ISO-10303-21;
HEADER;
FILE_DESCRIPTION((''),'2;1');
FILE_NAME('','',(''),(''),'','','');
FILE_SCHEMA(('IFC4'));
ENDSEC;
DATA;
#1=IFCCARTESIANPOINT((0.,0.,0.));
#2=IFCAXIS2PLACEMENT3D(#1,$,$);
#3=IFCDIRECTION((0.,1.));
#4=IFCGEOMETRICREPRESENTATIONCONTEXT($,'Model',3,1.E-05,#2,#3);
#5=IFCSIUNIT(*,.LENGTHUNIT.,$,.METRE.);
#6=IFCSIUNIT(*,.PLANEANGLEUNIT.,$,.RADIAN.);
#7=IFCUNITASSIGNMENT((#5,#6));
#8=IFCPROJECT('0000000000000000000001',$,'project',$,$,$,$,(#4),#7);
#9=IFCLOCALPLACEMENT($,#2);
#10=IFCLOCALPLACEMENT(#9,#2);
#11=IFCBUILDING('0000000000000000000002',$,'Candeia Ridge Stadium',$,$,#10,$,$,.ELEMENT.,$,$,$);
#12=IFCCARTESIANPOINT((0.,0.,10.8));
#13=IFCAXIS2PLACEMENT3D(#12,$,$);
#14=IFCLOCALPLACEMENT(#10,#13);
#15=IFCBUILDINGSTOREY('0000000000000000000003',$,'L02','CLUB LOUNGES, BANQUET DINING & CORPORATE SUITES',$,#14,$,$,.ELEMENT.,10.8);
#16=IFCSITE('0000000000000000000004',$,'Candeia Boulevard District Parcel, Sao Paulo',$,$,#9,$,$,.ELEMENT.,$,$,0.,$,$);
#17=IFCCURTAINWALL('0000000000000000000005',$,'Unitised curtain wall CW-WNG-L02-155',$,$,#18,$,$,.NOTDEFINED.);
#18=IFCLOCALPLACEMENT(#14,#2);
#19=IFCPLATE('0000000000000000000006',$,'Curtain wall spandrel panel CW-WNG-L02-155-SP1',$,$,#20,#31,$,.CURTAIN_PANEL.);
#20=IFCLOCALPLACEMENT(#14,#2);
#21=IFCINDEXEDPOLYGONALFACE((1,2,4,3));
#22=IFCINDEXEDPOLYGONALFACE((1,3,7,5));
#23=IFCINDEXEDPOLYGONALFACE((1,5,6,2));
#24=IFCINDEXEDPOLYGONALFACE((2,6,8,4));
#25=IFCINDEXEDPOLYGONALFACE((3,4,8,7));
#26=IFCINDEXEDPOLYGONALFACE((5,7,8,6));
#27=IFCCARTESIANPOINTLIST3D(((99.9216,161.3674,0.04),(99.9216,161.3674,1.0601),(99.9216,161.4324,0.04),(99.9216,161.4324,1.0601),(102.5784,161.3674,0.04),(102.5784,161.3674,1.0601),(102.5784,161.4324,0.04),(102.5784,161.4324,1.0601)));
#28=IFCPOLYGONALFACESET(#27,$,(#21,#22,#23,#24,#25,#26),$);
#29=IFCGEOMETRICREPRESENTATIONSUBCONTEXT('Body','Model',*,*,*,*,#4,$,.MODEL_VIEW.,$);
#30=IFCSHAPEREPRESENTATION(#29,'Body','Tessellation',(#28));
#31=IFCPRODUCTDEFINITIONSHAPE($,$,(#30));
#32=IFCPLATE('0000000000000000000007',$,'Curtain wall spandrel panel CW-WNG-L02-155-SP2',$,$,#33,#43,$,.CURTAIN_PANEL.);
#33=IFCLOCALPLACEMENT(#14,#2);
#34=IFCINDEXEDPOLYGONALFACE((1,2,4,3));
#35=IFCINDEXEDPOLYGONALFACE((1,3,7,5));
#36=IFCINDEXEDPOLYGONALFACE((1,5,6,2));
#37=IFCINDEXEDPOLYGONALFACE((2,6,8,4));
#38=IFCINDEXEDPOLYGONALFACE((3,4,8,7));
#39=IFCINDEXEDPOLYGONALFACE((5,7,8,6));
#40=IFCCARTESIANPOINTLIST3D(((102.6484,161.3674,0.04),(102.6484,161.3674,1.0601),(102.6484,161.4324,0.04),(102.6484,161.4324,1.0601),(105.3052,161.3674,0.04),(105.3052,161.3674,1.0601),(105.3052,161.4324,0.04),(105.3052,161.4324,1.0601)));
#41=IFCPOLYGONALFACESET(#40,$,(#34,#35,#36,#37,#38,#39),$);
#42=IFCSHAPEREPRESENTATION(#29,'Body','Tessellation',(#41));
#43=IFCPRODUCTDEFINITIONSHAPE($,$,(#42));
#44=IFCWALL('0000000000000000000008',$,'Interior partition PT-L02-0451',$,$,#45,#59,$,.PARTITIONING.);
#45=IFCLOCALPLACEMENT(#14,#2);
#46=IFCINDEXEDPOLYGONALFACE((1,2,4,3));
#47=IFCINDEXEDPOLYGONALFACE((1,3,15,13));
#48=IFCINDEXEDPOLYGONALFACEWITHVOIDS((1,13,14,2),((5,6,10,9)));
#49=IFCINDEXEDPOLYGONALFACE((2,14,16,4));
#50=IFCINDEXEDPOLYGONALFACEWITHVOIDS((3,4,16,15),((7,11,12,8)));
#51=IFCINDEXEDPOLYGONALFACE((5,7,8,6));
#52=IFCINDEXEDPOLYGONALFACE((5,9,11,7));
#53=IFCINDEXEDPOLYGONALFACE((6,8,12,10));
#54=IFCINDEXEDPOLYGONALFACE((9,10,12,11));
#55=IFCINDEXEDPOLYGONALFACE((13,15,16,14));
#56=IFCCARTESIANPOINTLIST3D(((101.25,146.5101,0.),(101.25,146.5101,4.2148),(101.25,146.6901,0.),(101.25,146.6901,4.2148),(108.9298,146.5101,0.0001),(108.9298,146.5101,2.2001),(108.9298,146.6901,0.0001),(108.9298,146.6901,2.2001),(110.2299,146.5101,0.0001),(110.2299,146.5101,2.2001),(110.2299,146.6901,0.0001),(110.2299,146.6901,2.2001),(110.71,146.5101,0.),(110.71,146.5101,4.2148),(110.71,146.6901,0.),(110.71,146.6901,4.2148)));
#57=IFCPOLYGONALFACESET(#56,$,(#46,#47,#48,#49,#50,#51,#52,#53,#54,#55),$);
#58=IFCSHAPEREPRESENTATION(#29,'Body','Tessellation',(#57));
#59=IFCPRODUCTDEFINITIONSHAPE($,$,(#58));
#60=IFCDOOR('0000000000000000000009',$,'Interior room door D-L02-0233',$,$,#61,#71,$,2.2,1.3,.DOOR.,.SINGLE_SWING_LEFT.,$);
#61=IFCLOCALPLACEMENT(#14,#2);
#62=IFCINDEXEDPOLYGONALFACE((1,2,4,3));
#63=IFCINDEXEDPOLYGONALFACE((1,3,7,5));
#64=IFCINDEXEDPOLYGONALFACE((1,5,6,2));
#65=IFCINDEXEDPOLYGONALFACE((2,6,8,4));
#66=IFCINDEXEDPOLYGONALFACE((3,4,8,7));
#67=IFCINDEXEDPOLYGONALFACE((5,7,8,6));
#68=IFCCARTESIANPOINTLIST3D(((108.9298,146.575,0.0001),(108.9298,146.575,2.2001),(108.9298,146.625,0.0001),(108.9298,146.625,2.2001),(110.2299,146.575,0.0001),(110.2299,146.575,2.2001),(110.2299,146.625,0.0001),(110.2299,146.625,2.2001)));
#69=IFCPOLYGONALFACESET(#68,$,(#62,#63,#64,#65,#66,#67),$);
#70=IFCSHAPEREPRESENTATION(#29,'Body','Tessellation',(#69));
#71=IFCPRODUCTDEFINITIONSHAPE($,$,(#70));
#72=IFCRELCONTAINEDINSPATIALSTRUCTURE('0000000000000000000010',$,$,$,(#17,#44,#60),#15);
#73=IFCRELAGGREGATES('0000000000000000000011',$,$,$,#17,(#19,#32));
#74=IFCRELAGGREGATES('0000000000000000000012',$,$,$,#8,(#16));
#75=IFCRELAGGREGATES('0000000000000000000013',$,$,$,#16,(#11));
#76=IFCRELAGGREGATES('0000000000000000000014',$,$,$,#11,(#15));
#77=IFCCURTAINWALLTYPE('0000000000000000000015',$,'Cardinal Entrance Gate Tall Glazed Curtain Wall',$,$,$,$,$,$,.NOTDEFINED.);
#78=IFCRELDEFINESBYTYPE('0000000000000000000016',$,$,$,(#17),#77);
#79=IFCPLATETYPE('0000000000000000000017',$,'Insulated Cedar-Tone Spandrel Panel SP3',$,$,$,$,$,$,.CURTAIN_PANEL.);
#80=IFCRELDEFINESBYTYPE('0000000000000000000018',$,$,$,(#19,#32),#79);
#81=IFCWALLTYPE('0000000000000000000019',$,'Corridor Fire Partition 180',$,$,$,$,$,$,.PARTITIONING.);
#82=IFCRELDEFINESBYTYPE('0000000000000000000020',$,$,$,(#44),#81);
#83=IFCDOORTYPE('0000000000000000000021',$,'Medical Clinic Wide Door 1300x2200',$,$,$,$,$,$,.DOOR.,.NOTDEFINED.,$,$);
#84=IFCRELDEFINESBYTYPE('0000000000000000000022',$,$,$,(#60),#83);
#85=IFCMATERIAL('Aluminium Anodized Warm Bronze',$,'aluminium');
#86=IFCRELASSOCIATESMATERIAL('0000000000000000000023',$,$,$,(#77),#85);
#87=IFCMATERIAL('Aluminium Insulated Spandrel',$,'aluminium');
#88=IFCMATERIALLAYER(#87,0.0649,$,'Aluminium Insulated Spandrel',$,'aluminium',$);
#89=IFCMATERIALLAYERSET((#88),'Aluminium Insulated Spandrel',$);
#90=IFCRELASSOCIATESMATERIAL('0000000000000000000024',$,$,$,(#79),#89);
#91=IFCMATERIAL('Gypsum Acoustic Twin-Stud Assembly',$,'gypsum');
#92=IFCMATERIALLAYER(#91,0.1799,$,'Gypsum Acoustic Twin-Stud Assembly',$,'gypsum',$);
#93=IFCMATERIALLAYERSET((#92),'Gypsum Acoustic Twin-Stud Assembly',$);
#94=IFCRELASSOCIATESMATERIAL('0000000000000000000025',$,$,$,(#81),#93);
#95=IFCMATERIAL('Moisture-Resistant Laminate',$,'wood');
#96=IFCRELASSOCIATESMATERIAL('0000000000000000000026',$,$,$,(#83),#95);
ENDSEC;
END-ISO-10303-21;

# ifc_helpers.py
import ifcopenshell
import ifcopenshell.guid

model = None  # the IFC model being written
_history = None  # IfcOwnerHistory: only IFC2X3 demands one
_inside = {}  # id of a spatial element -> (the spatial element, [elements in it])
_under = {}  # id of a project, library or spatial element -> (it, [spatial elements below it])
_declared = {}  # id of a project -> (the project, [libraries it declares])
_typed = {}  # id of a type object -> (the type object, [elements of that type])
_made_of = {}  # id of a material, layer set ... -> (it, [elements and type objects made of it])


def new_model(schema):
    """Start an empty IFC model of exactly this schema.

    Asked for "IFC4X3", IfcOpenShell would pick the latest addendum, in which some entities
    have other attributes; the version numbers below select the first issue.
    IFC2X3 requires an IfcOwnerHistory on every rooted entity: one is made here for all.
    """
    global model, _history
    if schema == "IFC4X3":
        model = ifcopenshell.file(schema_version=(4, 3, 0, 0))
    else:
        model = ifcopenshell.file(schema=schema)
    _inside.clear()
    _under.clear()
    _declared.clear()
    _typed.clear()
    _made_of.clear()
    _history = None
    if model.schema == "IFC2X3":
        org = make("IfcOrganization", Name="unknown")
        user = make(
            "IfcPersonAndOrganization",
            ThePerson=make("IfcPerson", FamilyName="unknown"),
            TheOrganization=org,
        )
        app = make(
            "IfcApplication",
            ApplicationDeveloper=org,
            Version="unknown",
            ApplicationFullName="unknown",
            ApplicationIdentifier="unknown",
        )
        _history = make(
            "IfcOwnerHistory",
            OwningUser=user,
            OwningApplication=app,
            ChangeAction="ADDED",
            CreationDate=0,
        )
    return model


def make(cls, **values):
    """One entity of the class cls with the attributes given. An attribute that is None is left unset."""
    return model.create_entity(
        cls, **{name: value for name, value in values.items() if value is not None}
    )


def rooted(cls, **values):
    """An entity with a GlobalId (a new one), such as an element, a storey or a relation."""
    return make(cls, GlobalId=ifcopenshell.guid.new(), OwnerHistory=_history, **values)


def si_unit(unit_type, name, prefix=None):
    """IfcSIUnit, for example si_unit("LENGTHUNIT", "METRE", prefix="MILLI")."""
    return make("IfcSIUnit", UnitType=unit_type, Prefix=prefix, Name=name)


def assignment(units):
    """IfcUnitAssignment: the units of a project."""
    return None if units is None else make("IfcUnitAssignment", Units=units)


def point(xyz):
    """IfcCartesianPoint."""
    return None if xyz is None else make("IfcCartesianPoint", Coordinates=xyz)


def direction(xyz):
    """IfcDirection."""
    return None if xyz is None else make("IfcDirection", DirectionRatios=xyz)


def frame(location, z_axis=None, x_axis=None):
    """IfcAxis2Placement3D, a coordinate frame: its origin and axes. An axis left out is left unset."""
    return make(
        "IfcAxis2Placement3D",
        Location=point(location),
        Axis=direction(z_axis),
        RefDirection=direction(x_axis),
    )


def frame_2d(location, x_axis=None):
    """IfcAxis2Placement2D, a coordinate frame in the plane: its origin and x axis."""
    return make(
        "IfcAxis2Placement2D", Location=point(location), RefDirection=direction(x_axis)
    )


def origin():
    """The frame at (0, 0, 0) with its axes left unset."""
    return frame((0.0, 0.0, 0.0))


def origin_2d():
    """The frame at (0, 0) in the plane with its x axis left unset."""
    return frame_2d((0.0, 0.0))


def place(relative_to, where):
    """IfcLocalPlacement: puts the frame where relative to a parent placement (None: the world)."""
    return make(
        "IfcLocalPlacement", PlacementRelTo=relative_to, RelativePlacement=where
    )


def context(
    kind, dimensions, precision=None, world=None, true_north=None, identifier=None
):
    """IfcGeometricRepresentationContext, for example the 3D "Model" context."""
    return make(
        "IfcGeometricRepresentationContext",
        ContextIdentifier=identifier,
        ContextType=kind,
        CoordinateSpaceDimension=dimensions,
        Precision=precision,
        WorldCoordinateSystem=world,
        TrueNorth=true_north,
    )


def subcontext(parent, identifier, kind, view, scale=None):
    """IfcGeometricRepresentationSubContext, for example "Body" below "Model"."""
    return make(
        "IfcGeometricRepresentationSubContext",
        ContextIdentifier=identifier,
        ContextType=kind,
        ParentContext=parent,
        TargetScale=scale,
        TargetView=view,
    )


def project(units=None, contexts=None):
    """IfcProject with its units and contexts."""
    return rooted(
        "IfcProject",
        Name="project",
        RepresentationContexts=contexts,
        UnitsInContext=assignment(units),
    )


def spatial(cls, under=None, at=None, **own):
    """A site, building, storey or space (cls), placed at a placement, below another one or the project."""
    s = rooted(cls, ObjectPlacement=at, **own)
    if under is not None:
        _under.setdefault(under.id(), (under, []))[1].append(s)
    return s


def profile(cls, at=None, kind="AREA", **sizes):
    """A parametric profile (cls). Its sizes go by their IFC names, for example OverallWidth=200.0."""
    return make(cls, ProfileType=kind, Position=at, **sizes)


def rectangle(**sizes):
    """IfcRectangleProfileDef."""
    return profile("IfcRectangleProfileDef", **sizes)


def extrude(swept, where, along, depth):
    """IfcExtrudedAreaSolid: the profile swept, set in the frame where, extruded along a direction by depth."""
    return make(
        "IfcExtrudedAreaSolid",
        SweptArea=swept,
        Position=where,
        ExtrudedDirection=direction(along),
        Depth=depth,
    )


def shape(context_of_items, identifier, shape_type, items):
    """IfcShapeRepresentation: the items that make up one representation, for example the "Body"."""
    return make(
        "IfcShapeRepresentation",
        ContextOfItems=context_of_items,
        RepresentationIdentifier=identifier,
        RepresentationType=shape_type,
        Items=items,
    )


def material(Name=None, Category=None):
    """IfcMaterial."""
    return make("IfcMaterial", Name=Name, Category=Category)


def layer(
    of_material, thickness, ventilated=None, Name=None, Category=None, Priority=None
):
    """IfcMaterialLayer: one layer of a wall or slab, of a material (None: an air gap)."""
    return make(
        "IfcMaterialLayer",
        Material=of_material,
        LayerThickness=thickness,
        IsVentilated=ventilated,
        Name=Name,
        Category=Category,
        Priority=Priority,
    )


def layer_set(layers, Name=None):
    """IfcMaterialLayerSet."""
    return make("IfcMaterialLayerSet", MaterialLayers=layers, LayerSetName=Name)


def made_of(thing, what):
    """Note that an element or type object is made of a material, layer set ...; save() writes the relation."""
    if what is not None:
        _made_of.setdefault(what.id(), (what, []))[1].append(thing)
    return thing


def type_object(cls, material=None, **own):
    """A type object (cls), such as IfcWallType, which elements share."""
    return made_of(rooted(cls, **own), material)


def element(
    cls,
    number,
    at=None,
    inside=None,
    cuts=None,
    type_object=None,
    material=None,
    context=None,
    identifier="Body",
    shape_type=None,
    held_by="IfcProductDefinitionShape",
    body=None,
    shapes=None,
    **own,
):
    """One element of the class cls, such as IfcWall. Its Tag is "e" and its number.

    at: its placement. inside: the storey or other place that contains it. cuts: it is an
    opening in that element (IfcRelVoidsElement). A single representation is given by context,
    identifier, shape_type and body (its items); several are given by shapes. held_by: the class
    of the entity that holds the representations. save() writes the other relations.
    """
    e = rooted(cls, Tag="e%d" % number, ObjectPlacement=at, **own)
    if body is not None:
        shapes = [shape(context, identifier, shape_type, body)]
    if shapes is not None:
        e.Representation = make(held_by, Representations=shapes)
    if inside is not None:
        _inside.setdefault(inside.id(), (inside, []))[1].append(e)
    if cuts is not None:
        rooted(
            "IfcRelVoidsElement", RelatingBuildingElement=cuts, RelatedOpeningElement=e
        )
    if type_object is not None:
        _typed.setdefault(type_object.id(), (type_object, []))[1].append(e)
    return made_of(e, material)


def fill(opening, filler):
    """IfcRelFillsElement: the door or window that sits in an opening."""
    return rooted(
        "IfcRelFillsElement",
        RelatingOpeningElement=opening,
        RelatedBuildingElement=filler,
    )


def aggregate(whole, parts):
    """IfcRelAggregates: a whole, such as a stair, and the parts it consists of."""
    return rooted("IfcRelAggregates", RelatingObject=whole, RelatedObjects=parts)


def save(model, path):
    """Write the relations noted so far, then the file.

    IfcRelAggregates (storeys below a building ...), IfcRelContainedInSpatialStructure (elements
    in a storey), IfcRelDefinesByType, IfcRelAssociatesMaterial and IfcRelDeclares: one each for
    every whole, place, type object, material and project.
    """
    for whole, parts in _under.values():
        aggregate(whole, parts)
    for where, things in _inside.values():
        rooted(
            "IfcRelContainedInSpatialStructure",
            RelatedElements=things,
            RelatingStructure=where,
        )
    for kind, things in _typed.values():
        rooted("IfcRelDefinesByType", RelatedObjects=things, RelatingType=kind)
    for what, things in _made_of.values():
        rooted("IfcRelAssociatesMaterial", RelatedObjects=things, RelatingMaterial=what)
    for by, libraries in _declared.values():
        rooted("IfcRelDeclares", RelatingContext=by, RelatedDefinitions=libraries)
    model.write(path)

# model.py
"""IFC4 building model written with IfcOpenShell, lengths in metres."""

from ifc_helpers import new_model, si_unit, direction, frame, frame_2d, origin, origin_2d, place, context, subcontext, project, spatial, rectangle, extrude, material, layer, layer_set, type_object, element, fill, aggregate, save


model = new_model("IFC4")

# Units and contexts
model_context = context("Model", 3, precision=1e-05, world=origin(), true_north=direction((0.0, 1.0)))
body_context = subcontext(model_context, "Body", "Model", "MODEL_VIEW")
ifc_project = project(units=[si_unit("LENGTHUNIT", "METRE"), si_unit("PLANEANGLEUNIT", "RADIAN")], contexts=[model_context])

# Site, building, storey
site_placement = place(None, origin())
site = spatial("IfcSite", under=ifc_project, at=site_placement, Name="Candeia Boulevard District Parcel, Sao Paulo", CompositionType="ELEMENT", RefElevation=0.0)
building_placement = place(site_placement, origin())
building = spatial("IfcBuilding", under=site, at=building_placement, Name="Candeia Ridge Stadium", CompositionType="ELEMENT")
storey_placement = place(building_placement, frame((0.0, 0.0, 10.8)))
storey = spatial("IfcBuildingStorey", under=building, at=storey_placement, Name="L02", Description="CLUB LOUNGES, BANQUET DINING & CORPORATE SUITES", CompositionType="ELEMENT", Elevation=10.8)

# Curtain wall
ifc_material_1 = material(Name="Aluminium Anodized Warm Bronze", Category="aluminium")
curtain_wall_type = type_object("IfcCurtainWallType", Name="Cardinal Entrance Gate Tall Glazed Curtain Wall", PredefinedType="NOTDEFINED", material=ifc_material_1)
curtain_wall_placement = place(storey_placement, origin())
curtain_wall = element("IfcCurtainWall", 1, at=curtain_wall_placement, inside=storey, type_object=curtain_wall_type, Name="Unitised curtain wall CW-WNG-L02-155", PredefinedType="NOTDEFINED")

# Plates
ifc_material_2 = material(Name="Aluminium Insulated Spandrel", Category="aluminium")
ifc_layer_1 = layer(ifc_material_2, 0.0649, Name="Aluminium Insulated Spandrel", Category="aluminium")
ifc_layer_set_1 = layer_set([ifc_layer_1], Name="Aluminium Insulated Spandrel")
plate_type_1 = type_object("IfcPlateType", Name="Insulated Cedar-Tone Spandrel Panel SP3", PredefinedType="CURTAIN_PANEL", material=ifc_layer_set_1)
plate_1_placement = place(storey_placement, frame((101.25, 161.3999, 0.04), z_axis=(0.0, 0.0, 1.0), x_axis=(1.0, 0.0, 0.0)))
plate_1 = element("IfcPlate", 2, at=plate_1_placement, type_object=plate_type_1, Name="Curtain wall spandrel panel CW-WNG-L02-155-SP1", PredefinedType="CURTAIN_PANEL", context=body_context, shape_type="SweptSolid", body=[
    extrude(rectangle(XDim=2.6567, YDim=0.0649, at=origin_2d()), origin(), (0.0, 0.0, 1.0), 1.02),
])
plate_2_placement = place(storey_placement, frame((103.9768, 161.3999, 0.04), z_axis=(0.0, 0.0, 1.0), x_axis=(1.0, 0.0, 0.0)))
plate_2 = element("IfcPlate", 3, at=plate_2_placement, type_object=plate_type_1, Name="Curtain wall spandrel panel CW-WNG-L02-155-SP2", PredefinedType="CURTAIN_PANEL", context=body_context, shape_type="SweptSolid", body=[
    extrude(rectangle(XDim=2.6567, YDim=0.0649, at=origin_2d()), origin(), (0.0, 0.0, 1.0), 1.02),
])
aggregate(curtain_wall, [plate_1, plate_2])

# Wall, opening, door
ifc_material_3 = material(Name="Gypsum Acoustic Twin-Stud Assembly", Category="gypsum")
ifc_layer_2 = layer(ifc_material_3, 0.1799, Name="Gypsum Acoustic Twin-Stud Assembly", Category="gypsum")
ifc_layer_set_2 = layer_set([ifc_layer_2], Name="Gypsum Acoustic Twin-Stud Assembly")
wall_type = type_object("IfcWallType", Name="Corridor Fire Partition 180", PredefinedType="PARTITIONING", material=ifc_layer_set_2)
wall_placement = place(storey_placement, frame((101.25, 146.6001, 0.0), z_axis=(0.0, 0.0, 1.0), x_axis=(1.0, 0.0, 0.0)))
wall = element("IfcWall", 4, at=wall_placement, inside=storey, type_object=wall_type, Name="Interior partition PT-L02-0451", PredefinedType="PARTITIONING", context=body_context, shape_type="SweptSolid", body=[
    extrude(rectangle(XDim=9.46, YDim=0.1799, at=frame_2d((4.73, 0.0))), origin(), (0.0, 0.0, 1.0), 4.2148),
])
opening_placement = place(wall_placement, frame((7.6799, 0.0, 0.0)))
opening = element("IfcOpeningElement", 5, at=opening_placement, cuts=wall, PredefinedType="OPENING", context=body_context, shape_type="SweptSolid", body=[
    extrude(rectangle(XDim=1.3, YDim=2.2, at=frame_2d((0.6499, 1.1001))), frame((0.0, 0.0999, 0.0), z_axis=(0.0, -1.0, 0.0), x_axis=(1.0, 0.0, 0.0)), (0.0, 0.0, 1.0), 0.2),
])
ifc_material_4 = material(Name="Moisture-Resistant Laminate", Category="wood")
door_type = type_object("IfcDoorType", Name="Medical Clinic Wide Door 1300x2200", OperationType="NOTDEFINED", PredefinedType="DOOR", material=ifc_material_4)
door_placement = place(opening_placement, origin())
door = element("IfcDoor", 6, at=door_placement, inside=storey, type_object=door_type, Name="Interior room door D-L02-0233", OperationType="SINGLE_SWING_LEFT", OverallHeight=2.2, OverallWidth=1.3, PredefinedType="DOOR", context=body_context, shape_type="SweptSolid", body=[
    extrude(rectangle(XDim=1.3, YDim=2.2, at=frame_2d((0.6499, 1.1001))), frame((0.0, 0.0249, 0.0), z_axis=(0.0, -1.0, 0.0), x_axis=(1.0, 0.0, 0.0)), (0.0, 0.0, 1.0), 0.05),
])
fill(opening, door)

save(model, "model.ifc")
